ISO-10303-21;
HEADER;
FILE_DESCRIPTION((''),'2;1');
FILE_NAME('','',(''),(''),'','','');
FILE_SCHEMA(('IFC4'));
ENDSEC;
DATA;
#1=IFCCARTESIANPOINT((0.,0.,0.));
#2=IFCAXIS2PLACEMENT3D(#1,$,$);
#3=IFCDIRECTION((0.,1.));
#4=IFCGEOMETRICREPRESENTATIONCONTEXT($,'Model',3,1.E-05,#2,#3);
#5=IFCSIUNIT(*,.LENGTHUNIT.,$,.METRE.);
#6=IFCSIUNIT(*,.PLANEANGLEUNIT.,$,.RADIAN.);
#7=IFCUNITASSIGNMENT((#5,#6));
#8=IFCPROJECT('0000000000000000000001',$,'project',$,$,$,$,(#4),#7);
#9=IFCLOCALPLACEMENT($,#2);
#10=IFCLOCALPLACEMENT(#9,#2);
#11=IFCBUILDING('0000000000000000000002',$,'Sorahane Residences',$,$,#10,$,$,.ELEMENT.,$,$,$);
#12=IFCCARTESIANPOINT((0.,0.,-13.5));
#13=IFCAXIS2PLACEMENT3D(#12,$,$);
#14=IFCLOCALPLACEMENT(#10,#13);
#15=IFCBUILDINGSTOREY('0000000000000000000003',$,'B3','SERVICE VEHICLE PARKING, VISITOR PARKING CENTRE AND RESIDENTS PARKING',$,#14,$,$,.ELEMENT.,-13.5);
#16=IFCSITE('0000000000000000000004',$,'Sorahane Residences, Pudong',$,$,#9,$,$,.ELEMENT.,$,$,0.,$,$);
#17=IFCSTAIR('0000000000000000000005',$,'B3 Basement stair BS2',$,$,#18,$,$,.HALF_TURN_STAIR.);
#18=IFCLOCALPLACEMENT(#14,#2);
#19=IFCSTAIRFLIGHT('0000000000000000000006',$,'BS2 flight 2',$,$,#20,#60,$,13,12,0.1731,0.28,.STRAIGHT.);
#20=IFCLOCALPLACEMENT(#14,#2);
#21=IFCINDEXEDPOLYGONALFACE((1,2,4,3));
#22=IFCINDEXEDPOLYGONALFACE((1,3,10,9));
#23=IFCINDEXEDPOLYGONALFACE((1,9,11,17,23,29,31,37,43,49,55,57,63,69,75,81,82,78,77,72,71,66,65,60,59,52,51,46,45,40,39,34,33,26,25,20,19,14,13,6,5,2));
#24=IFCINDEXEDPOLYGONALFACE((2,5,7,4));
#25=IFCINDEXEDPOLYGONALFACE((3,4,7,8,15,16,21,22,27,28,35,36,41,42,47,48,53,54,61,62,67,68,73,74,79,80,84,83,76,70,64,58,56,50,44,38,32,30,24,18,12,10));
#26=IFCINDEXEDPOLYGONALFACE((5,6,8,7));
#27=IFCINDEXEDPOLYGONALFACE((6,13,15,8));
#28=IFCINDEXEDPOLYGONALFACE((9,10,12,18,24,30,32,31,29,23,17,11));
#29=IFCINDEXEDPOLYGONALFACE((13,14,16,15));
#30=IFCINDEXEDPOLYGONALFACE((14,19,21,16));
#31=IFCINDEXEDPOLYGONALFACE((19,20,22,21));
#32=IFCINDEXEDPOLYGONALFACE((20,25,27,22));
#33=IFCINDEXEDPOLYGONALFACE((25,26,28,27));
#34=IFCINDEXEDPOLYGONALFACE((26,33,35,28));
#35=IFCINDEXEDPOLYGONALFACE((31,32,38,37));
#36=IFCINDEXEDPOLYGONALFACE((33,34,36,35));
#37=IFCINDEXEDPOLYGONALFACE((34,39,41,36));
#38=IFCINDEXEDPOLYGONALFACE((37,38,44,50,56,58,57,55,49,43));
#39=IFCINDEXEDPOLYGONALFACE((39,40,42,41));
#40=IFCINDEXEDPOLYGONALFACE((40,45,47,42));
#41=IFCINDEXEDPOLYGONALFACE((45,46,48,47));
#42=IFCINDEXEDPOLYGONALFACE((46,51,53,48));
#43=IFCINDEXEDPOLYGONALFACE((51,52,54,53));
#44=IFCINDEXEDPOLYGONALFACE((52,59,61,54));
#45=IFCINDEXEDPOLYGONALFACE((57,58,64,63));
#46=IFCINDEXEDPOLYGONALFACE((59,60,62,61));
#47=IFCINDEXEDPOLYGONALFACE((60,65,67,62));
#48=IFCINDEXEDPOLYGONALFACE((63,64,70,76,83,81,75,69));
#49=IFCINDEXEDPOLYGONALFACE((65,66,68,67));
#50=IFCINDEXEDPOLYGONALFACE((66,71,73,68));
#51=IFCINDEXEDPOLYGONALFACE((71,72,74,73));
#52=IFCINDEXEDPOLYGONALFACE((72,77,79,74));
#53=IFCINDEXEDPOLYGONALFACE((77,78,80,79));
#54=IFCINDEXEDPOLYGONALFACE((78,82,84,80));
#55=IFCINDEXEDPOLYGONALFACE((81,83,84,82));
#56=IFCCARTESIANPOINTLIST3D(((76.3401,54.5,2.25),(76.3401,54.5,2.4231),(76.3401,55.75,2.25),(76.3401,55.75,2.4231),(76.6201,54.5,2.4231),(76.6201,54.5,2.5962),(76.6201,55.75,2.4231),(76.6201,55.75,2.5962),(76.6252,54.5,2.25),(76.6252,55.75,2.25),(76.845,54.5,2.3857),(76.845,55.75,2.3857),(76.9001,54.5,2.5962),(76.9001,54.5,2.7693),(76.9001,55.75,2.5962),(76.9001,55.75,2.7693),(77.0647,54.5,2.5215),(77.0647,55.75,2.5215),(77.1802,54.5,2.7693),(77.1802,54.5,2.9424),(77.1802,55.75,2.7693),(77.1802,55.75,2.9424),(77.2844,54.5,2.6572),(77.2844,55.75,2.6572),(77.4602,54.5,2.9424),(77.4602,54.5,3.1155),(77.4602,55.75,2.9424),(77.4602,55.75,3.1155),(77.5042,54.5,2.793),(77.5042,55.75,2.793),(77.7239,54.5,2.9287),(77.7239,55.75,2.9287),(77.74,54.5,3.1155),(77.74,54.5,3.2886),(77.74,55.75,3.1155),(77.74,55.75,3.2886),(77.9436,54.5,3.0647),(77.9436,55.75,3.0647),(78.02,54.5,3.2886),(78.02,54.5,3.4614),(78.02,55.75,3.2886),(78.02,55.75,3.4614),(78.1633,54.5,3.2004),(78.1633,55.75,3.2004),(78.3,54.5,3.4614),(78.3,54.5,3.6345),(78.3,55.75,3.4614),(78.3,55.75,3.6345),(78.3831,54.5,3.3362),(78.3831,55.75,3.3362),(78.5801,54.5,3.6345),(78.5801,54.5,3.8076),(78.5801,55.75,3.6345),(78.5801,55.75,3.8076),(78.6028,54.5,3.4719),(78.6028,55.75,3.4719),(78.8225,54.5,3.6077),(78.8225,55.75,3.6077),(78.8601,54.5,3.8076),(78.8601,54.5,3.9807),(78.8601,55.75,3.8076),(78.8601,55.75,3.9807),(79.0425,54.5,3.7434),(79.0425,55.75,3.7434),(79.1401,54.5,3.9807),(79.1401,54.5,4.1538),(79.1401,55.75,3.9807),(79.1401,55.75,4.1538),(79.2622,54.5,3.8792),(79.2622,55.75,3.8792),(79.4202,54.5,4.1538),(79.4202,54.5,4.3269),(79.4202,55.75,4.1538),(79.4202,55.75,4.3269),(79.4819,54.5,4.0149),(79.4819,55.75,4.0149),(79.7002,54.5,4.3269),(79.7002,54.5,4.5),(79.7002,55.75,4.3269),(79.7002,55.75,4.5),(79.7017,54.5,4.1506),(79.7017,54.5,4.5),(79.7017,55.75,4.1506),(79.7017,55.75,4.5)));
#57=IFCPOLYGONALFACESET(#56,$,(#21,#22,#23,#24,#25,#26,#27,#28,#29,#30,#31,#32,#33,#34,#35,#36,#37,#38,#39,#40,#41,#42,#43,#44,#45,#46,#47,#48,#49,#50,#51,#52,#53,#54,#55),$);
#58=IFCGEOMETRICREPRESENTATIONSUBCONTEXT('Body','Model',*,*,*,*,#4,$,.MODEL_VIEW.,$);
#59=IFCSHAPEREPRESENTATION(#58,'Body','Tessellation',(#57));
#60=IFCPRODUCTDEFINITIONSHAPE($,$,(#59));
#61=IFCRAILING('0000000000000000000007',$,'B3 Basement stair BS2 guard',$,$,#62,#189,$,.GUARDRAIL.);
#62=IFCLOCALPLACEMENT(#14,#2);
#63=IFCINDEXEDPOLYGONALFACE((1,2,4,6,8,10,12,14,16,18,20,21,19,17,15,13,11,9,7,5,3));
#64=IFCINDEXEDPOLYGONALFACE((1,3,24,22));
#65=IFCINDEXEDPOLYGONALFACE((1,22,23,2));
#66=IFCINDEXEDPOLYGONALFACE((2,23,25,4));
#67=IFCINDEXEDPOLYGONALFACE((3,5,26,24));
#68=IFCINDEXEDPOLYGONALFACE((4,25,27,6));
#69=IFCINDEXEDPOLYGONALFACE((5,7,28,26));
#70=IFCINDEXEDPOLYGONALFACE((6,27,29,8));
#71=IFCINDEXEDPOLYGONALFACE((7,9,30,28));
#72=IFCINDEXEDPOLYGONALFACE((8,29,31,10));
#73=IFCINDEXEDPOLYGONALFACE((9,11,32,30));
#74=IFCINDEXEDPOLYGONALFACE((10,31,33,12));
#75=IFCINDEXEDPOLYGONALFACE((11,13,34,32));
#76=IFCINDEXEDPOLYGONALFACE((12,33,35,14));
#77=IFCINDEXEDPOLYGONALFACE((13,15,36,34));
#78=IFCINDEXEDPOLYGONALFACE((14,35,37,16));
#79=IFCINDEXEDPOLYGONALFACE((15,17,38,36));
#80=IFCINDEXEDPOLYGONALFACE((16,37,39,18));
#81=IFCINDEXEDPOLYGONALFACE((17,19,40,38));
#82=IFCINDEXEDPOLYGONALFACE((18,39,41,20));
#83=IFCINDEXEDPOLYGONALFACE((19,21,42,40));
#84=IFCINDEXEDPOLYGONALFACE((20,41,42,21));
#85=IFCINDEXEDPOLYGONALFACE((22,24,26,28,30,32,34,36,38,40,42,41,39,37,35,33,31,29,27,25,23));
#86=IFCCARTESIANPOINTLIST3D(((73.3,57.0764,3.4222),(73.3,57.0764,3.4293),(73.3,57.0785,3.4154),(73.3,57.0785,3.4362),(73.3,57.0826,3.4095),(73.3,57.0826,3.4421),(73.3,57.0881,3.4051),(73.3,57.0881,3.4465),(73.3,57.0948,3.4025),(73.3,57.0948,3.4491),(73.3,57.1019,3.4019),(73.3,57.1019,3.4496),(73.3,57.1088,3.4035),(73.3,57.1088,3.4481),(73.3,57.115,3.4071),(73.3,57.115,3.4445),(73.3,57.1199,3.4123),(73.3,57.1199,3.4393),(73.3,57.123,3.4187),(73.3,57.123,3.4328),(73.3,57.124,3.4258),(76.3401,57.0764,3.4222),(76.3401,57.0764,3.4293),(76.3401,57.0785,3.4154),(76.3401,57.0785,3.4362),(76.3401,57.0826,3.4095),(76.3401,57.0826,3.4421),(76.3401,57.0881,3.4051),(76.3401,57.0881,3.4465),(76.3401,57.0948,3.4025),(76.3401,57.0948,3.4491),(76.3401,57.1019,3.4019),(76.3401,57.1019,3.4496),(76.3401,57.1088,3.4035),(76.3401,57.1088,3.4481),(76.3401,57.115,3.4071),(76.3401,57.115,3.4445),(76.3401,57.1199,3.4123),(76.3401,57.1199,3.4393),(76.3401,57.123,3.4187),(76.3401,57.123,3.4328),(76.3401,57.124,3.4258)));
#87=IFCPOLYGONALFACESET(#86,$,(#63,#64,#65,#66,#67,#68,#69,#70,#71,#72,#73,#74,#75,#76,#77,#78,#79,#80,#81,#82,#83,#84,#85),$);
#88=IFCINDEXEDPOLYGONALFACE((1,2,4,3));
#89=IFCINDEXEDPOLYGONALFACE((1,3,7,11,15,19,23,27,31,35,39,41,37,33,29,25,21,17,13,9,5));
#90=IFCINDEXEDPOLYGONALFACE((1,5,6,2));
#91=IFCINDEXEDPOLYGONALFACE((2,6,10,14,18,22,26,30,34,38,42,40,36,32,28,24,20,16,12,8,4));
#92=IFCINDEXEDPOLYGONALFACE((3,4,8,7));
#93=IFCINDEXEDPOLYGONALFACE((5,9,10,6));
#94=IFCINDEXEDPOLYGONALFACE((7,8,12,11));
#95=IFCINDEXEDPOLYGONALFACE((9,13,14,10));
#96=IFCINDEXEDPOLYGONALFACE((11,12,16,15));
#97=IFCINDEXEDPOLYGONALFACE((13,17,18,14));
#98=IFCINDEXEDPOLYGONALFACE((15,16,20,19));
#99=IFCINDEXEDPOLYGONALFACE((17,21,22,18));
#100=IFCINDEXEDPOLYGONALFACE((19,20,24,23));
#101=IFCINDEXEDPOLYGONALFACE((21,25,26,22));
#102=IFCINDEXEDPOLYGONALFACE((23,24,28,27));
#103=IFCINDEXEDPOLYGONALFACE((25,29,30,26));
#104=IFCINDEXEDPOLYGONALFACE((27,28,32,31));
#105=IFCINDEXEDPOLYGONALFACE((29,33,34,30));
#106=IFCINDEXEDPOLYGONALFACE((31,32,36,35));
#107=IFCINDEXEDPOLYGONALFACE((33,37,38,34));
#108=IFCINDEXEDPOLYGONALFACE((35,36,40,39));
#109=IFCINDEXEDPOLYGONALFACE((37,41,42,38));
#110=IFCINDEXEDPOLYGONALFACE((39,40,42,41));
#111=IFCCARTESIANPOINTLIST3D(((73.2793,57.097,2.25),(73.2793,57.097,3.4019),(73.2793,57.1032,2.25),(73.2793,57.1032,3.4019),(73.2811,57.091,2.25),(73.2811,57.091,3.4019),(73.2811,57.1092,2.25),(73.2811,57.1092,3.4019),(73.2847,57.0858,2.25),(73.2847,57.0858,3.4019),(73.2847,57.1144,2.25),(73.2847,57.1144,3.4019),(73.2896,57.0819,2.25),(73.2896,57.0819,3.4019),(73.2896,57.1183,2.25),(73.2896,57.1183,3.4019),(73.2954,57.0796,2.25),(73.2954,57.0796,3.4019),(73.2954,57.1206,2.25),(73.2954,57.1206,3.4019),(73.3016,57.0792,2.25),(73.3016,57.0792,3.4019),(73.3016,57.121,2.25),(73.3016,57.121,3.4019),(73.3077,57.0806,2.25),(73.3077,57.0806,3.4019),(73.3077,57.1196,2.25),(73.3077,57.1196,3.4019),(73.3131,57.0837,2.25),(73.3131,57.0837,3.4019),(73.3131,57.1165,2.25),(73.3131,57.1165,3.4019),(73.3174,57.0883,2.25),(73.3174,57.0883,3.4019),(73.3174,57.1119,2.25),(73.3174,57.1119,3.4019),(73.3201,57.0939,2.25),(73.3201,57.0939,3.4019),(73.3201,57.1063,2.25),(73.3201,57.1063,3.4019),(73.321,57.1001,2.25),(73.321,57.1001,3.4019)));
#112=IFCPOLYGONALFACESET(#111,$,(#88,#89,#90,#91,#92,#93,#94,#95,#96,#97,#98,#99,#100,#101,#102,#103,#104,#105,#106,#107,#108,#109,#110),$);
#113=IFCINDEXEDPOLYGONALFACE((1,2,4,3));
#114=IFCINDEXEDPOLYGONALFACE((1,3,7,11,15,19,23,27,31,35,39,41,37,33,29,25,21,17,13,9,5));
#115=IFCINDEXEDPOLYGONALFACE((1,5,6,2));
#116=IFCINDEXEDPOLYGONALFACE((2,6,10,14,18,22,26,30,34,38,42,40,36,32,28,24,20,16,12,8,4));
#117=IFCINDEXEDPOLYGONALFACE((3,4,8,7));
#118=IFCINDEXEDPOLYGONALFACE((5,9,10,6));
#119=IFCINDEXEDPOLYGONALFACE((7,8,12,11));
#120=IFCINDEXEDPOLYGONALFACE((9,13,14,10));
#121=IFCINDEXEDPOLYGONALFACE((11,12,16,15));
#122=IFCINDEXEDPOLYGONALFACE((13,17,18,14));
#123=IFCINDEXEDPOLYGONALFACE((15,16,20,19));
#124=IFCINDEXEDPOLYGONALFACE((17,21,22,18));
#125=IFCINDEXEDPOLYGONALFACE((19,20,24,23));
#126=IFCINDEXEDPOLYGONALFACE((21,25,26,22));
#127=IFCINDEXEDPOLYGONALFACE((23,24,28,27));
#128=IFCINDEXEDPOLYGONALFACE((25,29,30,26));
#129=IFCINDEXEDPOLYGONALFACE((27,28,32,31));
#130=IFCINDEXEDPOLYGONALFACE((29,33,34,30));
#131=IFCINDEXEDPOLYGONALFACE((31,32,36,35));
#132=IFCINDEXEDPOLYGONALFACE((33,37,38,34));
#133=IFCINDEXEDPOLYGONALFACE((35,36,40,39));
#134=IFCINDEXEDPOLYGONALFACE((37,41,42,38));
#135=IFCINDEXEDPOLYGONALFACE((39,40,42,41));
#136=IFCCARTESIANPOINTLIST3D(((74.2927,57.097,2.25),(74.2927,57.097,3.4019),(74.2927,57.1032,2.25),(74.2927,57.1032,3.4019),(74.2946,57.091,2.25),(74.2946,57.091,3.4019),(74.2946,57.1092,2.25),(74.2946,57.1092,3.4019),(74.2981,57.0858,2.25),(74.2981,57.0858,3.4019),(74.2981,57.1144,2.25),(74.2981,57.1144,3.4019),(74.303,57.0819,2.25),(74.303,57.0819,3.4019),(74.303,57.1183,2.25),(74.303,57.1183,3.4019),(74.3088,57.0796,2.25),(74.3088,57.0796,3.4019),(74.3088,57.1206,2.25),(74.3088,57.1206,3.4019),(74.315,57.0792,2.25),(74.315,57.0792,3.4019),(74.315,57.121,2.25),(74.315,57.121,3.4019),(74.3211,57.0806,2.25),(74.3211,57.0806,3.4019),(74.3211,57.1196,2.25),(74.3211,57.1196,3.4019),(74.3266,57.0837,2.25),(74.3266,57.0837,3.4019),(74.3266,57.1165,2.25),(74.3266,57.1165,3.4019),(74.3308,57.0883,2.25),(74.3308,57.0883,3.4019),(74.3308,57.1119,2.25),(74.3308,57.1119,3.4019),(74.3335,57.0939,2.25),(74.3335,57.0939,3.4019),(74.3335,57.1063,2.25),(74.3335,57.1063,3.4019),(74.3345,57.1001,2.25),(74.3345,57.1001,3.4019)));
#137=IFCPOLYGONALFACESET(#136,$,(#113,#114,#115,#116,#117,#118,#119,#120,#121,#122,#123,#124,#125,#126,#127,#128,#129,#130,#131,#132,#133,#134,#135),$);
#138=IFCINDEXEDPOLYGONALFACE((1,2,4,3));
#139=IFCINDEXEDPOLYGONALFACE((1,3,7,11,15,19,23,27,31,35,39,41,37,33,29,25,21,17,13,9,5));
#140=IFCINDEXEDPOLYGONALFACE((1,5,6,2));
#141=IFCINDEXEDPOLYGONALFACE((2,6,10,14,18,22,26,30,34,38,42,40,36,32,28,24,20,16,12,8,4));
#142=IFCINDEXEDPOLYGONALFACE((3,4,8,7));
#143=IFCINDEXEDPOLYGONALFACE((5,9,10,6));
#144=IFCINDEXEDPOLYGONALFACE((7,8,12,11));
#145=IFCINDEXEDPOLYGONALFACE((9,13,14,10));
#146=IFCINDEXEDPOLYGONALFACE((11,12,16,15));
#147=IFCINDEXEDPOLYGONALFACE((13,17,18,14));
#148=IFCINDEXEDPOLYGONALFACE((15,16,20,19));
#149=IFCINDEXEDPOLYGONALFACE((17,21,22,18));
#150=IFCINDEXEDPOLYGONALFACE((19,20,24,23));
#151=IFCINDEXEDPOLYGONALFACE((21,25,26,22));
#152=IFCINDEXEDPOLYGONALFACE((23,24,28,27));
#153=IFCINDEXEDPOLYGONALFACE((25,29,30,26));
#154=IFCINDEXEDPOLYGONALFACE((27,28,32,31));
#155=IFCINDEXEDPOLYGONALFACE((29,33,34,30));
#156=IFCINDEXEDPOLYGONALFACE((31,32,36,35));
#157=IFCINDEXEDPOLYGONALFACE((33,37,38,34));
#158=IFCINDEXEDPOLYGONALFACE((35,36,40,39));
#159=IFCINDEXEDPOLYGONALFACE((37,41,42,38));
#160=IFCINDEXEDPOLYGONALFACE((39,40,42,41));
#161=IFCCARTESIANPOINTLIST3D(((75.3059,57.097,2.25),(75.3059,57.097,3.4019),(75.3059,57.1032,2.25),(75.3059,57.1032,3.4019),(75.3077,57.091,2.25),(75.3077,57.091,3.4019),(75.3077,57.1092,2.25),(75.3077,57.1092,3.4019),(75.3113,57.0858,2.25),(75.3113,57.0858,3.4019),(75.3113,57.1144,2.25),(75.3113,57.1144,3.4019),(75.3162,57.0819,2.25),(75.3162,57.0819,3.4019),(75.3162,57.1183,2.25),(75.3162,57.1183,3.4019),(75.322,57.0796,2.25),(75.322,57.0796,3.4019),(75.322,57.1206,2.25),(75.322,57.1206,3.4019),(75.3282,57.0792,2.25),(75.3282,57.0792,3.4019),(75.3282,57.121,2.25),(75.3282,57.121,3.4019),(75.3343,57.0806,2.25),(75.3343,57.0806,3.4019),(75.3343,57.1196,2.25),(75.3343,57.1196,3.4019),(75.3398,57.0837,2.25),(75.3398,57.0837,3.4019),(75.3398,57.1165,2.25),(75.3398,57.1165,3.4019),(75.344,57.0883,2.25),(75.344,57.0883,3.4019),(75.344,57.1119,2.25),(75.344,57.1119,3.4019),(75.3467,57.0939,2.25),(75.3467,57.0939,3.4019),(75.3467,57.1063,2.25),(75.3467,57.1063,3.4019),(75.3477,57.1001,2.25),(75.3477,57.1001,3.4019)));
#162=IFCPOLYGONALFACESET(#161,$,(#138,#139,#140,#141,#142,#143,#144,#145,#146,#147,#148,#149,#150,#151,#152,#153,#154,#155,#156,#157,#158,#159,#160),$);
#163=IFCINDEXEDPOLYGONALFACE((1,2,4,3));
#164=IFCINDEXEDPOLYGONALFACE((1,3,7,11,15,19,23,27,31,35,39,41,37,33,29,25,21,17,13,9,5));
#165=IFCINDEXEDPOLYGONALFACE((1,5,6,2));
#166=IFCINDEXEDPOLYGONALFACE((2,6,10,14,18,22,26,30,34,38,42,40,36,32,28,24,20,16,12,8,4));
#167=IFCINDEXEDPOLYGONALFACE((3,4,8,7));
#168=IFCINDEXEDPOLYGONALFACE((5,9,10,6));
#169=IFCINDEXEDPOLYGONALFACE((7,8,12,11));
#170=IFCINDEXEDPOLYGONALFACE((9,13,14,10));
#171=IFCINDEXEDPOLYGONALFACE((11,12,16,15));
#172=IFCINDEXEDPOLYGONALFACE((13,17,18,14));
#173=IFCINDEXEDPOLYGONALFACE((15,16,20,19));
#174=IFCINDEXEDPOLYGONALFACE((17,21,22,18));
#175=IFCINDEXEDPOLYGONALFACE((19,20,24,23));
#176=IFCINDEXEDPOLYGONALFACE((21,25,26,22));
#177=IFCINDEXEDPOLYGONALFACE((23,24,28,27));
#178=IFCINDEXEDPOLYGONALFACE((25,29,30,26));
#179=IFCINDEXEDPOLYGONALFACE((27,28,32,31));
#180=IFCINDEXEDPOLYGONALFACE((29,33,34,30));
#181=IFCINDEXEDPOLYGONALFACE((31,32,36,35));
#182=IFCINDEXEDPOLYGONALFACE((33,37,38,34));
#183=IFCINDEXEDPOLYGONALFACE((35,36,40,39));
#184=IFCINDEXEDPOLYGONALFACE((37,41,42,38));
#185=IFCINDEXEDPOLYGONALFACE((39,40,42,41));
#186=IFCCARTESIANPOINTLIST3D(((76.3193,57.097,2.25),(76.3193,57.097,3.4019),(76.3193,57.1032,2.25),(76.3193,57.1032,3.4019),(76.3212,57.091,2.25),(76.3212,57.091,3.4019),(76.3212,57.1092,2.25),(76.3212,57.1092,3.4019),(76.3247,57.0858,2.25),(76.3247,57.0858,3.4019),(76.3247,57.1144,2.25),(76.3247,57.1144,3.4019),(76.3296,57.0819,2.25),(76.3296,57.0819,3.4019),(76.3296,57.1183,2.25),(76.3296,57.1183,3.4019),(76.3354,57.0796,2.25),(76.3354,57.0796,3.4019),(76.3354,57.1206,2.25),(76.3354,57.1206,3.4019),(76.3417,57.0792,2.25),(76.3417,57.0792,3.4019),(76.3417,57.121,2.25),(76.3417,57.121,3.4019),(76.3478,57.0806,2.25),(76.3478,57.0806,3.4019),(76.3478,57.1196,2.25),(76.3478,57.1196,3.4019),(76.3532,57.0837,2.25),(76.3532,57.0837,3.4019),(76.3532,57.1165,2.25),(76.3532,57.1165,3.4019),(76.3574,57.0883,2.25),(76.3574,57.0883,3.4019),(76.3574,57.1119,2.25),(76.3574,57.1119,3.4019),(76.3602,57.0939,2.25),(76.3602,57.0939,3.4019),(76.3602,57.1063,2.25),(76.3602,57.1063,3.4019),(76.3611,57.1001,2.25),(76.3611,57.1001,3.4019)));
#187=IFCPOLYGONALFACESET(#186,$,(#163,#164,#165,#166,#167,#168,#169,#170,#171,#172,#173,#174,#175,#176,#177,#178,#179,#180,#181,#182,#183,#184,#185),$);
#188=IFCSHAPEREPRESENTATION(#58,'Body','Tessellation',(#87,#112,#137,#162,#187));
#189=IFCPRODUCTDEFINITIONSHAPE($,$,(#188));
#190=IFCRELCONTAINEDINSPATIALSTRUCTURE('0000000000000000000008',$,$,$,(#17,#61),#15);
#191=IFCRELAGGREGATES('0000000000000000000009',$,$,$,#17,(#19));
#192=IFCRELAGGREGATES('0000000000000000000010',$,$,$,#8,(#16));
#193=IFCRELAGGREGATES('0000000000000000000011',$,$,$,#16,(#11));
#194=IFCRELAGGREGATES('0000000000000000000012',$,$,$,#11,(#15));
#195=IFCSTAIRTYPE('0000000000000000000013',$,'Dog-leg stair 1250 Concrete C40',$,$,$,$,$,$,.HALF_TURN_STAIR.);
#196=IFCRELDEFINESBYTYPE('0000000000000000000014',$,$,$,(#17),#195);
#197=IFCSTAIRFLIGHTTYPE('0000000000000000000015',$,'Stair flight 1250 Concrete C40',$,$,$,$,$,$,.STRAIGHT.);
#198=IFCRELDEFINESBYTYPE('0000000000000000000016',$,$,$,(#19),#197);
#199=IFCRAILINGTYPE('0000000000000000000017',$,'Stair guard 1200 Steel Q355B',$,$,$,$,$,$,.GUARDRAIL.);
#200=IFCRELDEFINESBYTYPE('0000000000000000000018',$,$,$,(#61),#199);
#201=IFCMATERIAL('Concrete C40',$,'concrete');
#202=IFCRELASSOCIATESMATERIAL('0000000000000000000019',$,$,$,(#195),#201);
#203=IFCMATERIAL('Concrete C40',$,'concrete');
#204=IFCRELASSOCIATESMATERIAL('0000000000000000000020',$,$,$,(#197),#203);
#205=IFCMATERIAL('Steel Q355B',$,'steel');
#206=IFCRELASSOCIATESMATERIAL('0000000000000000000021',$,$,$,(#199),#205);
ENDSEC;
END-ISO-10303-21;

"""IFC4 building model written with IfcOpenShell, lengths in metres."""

from ifc_helpers import new_model, si_unit, direction, frame, origin, origin_2d, place, context, subcontext, project, spatial, polyline, circle, outline, extrude, material, type_object, element, aggregate, save


model = new_model("IFC4")

# Units and contexts
model_context = context("Model", 3, precision=1e-05, world=origin(), true_north=direction((0.0, 1.0)))
body_context = subcontext(model_context, "Body", "Model", "MODEL_VIEW")
ifc_project = project(units=[si_unit("LENGTHUNIT", "METRE"), si_unit("PLANEANGLEUNIT", "RADIAN")], contexts=[model_context])

# Site, building, storey
site_placement = place(None, origin())
site = spatial("IfcSite", under=ifc_project, at=site_placement, Name="Sorahane Residences, Pudong", CompositionType="ELEMENT", RefElevation=0.0)
building_placement = place(site_placement, origin())
building = spatial("IfcBuilding", under=site, at=building_placement, Name="Sorahane Residences", CompositionType="ELEMENT")
storey_placement = place(building_placement, frame((0.0, 0.0, -13.5)))
storey = spatial("IfcBuildingStorey", under=building, at=storey_placement, Name="B3", Description="SERVICE VEHICLE PARKING, VISITOR PARKING CENTRE AND RESIDENTS PARKING", CompositionType="ELEMENT", Elevation=-13.5)

# Stair, stair flight
ifc_material_1 = material(Name="Concrete C40", Category="concrete")
stair_type = type_object("IfcStairType", Name="Dog-leg stair 1250 Concrete C40", PredefinedType="HALF_TURN_STAIR", material=ifc_material_1)
stair_placement = place(storey_placement, origin())
stair = element("IfcStair", 1, at=stair_placement, inside=storey, type_object=stair_type, Name="B3 Basement stair BS2", PredefinedType="HALF_TURN_STAIR")
ifc_material_2 = material(Name="Concrete C40", Category="concrete")
stair_flight_type = type_object("IfcStairFlightType", Name="Stair flight 1250 Concrete C40", PredefinedType="STRAIGHT", material=ifc_material_2)
stair_flight_1_placement = place(storey_placement, frame((76.3401, 55.125, 2.25), z_axis=(0.0, 0.0, 1.0), x_axis=(1.0, 0.0, 0.0)))
stair_flight_1 = element("IfcStairFlight", 2, at=stair_flight_1_placement, type_object=stair_flight_type, Name="BS2 flight 2", NumberOfRisers=13, NumberOfTreads=12, PredefinedType="STRAIGHT", RiserHeight=0.1731, TreadLength=0.28, context=body_context, shape_type="SweptSolid", body=[
    extrude(outline(polyline([(0.0, 0.0), (0.0, 0.1731), (0.28, 0.1731), (0.28, 0.3462), (0.5601, 0.3462), (0.5601, 0.5193), (0.8401, 0.5193), (0.8401, 0.6924), (1.1201, 0.6924), (1.1201, 0.8655), (1.3999, 0.8655), (1.3999, 1.0386), (1.6799, 1.0386), (1.6799, 1.2114), (1.96, 1.2114), (1.96, 1.3845), (2.24, 1.3845), (2.24, 1.5576), (2.52, 1.5576), (2.52, 1.7307), (2.8, 1.7307), (2.8, 1.9038), (3.0801, 1.9038), (3.0801, 2.0769), (3.3601, 2.0769), (3.3601, 2.25), (3.3616, 2.25), (3.3616, 1.9006), (3.1418, 1.7649), (2.9221, 1.6292), (2.7024, 1.4934), (2.4824, 1.3577), (2.2627, 1.2219), (2.043, 1.0862), (1.8232, 0.9504), (1.6035, 0.8147), (1.3838, 0.6787), (1.1641, 0.543), (0.9443, 0.4072), (0.7246, 0.2715), (0.5049, 0.1357), (0.2852, 0.0), (0.0, 0.0)])), frame((0.0, 0.625, 0.0), z_axis=(0.0, -1.0, 0.0), x_axis=(1.0, 0.0, 0.0)), (0.0, 0.0, 1.0), 1.25),
])
aggregate(stair, [stair_flight_1])

# Railing
ifc_material_3 = material(Name="Steel Q355B", Category="steel")
railing_type_1 = type_object("IfcRailingType", Name="Stair guard 1200 Steel Q355B", PredefinedType="GUARDRAIL", material=ifc_material_3)
railing_1_placement = place(storey_placement, frame((73.3, 57.1001, 2.25)))
element("IfcRailing", 3, at=railing_1_placement, inside=storey, type_object=railing_type_1, Name="B3 Basement stair BS2 guard", PredefinedType="GUARDRAIL", context=body_context, shape_type="SweptSolid", body=[
    extrude(circle(Radius=0.0239, at=origin_2d()), frame((0.0, 0.0, 1.1758), z_axis=(1.0, 0.0, 0.0), x_axis=(0.0, 1.0, 0.0)), (0.0, 0.0, 1.0), 3.04),
    extrude(circle(Radius=0.021, at=origin_2d()), origin(), (0.0, 0.0, 1.0), 1.1519),
    extrude(circle(Radius=0.021, at=origin_2d()), frame((1.0134, 0.0, 0.0)), (0.0, 0.0, 1.0), 1.1519),
    extrude(circle(Radius=0.021, at=origin_2d()), frame((2.0266, 0.0, 0.0)), (0.0, 0.0, 1.0), 1.1519),
    extrude(circle(Radius=0.021, at=origin_2d()), frame((3.04, 0.0, 0.0)), (0.0, 0.0, 1.0), 1.1519),
])

save(model, "model.ifc")
